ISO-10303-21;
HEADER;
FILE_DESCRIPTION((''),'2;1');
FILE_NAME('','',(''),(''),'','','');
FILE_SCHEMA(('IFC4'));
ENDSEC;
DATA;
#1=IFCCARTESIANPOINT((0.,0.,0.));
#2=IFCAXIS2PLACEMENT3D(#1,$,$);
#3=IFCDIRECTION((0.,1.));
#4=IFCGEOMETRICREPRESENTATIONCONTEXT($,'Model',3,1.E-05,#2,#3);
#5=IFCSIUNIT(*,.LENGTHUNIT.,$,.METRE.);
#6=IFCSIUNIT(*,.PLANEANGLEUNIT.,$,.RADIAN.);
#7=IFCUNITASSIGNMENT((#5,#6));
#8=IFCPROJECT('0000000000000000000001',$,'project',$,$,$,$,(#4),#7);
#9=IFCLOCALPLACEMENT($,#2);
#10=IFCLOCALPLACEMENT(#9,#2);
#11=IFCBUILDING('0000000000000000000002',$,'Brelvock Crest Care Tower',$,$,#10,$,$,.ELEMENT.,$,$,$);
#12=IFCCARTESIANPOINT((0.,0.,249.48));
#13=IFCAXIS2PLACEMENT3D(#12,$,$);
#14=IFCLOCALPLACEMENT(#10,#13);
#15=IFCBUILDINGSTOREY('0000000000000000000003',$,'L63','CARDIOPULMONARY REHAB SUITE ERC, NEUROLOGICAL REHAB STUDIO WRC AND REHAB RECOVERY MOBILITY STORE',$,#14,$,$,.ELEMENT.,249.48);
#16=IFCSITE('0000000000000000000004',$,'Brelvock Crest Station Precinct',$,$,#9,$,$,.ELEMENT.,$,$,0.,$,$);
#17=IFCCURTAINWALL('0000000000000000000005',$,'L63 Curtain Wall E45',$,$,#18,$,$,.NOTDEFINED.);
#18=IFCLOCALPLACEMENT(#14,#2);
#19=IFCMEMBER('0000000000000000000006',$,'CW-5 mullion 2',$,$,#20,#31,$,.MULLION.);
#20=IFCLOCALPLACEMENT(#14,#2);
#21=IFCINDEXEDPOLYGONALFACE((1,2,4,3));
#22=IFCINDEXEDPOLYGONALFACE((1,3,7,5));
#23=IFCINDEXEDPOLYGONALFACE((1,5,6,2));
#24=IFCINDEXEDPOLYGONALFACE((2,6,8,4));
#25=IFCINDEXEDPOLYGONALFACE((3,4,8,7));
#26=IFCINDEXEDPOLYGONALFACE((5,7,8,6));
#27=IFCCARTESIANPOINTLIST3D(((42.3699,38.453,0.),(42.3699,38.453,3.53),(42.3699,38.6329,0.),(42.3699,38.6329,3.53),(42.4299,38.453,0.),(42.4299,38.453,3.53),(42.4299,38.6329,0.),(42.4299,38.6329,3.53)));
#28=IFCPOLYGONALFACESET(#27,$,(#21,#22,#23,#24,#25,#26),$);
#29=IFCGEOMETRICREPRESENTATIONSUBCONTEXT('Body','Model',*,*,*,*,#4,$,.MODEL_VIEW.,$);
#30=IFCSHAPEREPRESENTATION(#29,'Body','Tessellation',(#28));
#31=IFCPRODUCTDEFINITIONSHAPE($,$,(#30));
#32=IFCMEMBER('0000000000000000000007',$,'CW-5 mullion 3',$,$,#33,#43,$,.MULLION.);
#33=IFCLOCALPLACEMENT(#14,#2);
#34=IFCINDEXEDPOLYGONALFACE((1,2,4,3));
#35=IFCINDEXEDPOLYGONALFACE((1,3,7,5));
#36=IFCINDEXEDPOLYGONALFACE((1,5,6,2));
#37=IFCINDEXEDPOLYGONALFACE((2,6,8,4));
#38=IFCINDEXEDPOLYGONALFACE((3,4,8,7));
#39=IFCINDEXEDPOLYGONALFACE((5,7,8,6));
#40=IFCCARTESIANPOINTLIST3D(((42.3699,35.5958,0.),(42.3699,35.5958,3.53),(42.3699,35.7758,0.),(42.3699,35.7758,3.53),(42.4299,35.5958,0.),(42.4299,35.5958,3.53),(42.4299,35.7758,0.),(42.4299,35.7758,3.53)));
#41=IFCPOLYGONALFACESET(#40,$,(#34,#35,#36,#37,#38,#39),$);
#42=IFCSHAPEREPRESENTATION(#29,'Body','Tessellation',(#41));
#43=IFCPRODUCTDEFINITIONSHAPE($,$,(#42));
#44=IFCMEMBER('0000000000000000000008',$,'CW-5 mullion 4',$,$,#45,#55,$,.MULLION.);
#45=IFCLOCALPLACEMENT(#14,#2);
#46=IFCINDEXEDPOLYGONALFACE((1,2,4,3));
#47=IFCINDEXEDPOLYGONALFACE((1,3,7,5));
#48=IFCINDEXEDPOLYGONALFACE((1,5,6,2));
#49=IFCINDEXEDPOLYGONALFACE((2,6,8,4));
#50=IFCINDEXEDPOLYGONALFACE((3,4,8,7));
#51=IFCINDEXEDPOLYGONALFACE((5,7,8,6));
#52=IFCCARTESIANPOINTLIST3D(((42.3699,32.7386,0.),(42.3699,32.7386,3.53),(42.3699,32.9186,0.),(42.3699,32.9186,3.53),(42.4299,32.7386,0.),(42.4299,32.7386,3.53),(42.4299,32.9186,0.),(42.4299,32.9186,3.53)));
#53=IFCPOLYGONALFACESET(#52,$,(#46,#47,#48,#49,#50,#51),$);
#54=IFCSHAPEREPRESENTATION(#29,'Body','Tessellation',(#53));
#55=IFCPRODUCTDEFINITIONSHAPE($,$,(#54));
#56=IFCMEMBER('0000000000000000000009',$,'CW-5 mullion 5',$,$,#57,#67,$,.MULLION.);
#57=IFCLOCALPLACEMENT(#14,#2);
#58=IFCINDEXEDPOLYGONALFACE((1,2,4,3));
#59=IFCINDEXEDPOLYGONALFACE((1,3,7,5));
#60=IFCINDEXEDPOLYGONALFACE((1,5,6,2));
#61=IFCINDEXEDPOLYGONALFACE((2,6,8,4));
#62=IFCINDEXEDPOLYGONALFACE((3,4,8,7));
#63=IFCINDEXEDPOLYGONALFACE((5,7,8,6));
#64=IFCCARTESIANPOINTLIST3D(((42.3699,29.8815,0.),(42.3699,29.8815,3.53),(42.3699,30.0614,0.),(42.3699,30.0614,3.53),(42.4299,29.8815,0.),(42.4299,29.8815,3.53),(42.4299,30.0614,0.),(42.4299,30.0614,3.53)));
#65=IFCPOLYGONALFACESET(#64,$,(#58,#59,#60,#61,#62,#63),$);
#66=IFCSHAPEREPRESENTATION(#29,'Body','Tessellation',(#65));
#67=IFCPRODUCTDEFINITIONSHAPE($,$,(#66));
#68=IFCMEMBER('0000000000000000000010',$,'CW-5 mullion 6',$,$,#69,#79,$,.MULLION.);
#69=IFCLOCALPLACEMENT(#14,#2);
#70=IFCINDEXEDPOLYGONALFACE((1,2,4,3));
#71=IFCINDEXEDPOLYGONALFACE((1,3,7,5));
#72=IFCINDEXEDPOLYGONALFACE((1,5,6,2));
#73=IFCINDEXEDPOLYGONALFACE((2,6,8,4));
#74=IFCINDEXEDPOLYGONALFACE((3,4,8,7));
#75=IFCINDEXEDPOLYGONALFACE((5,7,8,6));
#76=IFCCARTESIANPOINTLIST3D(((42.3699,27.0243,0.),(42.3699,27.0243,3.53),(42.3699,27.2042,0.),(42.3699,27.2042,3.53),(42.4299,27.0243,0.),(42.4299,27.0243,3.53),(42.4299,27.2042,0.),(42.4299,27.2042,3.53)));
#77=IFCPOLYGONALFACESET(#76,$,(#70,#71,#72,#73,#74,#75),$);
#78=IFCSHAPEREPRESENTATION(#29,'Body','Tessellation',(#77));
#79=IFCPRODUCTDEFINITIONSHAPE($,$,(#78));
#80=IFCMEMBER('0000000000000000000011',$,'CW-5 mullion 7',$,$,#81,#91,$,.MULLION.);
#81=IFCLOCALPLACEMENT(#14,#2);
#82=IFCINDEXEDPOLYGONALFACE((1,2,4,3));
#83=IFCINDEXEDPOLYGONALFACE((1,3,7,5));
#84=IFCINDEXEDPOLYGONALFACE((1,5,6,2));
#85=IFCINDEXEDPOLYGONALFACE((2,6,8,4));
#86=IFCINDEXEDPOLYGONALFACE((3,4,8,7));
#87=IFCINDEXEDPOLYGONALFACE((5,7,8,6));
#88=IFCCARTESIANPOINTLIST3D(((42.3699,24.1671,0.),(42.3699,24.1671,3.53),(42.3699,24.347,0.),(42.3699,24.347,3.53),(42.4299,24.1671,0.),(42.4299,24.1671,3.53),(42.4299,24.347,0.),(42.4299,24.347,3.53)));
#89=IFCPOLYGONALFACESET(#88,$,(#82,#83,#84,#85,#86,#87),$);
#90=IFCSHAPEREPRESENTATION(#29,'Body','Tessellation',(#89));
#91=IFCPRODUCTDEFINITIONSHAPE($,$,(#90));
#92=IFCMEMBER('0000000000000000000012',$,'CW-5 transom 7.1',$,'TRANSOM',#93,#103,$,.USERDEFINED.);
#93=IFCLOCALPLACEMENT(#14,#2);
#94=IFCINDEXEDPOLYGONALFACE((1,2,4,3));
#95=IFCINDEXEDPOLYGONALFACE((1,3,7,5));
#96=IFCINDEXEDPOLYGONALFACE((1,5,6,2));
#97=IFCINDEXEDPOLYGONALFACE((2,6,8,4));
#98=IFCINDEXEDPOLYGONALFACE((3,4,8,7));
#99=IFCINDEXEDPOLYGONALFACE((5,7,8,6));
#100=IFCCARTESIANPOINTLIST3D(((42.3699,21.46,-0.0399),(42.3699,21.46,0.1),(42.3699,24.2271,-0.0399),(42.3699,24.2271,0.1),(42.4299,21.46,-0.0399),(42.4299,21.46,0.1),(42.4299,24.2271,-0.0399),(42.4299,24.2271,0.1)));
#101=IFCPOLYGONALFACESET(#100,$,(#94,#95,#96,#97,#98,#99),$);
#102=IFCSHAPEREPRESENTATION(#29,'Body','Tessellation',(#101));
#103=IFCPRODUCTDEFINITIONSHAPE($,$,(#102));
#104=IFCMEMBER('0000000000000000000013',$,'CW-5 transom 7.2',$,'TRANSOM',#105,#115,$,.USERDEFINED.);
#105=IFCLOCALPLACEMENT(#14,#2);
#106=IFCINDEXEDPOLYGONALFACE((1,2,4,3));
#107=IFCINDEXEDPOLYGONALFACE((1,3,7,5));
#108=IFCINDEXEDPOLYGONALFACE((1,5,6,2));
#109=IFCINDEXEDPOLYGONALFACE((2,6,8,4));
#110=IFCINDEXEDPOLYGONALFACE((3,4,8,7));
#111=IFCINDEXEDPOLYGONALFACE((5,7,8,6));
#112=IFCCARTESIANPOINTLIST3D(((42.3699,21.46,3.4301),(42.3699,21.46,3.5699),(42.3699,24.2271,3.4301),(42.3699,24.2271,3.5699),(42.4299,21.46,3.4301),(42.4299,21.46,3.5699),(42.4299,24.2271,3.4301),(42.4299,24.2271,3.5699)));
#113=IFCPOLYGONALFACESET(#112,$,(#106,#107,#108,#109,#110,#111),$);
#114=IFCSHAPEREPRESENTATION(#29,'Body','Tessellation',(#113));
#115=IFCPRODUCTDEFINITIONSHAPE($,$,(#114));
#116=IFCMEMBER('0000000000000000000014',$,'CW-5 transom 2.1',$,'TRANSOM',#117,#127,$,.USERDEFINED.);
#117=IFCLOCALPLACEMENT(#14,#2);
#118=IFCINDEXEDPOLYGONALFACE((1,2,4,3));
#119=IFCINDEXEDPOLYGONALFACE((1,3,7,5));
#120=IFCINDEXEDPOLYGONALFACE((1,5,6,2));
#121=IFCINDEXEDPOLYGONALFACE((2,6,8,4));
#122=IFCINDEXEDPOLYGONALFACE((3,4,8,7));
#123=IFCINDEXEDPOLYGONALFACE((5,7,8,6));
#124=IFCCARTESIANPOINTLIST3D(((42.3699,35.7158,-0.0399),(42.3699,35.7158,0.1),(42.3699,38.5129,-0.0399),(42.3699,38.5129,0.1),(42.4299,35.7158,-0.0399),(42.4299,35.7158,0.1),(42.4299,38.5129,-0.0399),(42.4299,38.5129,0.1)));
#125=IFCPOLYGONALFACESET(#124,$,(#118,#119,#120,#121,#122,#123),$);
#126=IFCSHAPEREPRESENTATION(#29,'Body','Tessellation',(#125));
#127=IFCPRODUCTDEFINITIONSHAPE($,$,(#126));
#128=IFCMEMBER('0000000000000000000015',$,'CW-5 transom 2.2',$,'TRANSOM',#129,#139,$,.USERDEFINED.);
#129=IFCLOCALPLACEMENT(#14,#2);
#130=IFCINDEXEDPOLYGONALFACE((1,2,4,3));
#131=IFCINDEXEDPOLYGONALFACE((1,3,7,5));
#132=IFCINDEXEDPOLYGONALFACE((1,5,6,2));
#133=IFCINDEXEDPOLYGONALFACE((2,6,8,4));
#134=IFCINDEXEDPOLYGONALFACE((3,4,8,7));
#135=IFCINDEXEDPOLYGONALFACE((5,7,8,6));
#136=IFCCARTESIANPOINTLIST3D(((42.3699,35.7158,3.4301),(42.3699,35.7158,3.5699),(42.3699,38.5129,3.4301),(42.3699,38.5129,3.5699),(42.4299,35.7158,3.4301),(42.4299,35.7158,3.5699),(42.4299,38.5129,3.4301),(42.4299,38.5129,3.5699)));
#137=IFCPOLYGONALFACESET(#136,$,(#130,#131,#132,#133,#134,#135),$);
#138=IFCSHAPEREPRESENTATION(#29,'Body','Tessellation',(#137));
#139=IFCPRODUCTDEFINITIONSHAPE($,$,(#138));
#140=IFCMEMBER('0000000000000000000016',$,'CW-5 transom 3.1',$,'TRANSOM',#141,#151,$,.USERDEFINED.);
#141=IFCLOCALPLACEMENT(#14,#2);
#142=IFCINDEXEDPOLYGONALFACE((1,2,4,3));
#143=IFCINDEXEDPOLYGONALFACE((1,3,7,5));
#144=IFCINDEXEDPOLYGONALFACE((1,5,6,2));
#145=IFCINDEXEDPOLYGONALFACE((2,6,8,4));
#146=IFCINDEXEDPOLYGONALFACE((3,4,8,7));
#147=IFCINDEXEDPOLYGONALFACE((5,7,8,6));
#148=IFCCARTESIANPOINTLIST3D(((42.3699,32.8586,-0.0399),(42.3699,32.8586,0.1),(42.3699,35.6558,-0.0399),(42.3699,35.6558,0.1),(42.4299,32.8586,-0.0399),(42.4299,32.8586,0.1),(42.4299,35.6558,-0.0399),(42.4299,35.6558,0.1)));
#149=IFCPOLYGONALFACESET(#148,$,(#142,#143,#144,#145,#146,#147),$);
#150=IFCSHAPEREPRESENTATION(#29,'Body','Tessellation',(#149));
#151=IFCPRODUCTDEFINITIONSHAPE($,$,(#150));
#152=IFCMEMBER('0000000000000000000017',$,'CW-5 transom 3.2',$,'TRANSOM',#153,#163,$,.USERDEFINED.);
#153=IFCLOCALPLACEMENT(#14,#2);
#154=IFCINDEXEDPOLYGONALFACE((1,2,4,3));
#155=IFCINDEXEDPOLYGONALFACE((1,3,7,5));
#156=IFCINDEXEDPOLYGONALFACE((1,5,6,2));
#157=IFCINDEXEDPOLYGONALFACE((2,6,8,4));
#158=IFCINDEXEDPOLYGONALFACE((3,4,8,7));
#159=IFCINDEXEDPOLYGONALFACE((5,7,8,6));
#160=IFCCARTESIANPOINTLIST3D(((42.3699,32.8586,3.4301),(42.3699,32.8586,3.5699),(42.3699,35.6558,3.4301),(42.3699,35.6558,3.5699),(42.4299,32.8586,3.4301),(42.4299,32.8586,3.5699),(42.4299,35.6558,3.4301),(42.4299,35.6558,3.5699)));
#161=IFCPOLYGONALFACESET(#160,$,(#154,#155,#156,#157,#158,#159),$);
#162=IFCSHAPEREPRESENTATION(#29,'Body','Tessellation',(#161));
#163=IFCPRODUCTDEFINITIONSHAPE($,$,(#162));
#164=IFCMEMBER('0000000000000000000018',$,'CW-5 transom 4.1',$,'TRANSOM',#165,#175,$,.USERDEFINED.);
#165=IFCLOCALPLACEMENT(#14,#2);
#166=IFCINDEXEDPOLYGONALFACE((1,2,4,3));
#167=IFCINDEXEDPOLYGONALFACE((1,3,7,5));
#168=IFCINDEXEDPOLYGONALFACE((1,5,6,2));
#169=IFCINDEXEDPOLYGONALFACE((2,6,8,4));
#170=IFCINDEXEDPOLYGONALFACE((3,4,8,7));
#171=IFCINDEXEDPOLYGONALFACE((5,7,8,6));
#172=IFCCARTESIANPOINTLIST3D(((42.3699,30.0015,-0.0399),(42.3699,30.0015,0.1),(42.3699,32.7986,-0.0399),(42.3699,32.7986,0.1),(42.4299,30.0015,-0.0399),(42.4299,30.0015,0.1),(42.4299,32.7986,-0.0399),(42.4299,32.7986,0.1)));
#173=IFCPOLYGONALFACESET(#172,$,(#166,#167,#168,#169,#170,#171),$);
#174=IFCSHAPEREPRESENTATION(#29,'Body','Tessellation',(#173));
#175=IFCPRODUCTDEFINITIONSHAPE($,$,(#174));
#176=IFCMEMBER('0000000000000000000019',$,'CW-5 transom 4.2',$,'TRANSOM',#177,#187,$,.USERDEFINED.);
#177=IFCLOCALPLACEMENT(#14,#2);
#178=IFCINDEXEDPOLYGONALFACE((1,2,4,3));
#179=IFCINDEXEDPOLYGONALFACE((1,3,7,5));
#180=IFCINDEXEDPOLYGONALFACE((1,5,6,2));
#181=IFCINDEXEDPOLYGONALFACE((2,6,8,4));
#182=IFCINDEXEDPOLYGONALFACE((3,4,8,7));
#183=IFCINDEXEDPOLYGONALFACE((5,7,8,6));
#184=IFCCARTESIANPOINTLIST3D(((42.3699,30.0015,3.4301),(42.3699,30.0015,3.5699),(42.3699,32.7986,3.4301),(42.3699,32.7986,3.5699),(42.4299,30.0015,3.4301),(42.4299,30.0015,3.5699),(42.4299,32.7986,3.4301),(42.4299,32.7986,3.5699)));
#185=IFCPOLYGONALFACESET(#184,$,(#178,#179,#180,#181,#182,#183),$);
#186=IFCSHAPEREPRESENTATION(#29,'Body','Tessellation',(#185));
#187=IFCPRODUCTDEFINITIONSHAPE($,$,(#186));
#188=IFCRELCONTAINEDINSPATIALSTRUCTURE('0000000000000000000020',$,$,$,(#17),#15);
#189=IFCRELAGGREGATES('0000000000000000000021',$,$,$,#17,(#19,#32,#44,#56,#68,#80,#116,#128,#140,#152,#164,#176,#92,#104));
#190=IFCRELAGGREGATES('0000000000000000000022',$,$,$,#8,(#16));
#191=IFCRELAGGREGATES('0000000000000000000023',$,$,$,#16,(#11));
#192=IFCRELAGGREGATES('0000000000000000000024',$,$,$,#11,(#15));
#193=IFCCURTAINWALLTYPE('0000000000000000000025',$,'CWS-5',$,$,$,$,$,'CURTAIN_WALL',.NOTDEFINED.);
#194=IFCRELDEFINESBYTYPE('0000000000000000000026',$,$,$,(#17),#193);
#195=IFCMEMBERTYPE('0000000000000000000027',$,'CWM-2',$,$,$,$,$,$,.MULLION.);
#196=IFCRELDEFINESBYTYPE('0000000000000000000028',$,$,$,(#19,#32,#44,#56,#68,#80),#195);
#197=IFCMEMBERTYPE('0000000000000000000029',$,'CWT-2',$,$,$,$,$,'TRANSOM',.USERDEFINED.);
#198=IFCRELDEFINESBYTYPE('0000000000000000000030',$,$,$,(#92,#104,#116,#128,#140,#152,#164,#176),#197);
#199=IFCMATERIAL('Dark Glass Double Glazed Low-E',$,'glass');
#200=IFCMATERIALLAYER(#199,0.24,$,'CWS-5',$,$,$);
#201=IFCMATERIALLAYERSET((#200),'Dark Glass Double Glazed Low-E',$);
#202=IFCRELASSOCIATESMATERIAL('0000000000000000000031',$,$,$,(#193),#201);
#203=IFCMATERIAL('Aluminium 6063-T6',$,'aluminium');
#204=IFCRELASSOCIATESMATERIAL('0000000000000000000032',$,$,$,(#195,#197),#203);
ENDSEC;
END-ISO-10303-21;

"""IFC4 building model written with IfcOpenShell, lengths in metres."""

from ifc_helpers import new_model, si_unit, direction, frame, origin, origin_2d, place, context, subcontext, project, spatial, rectangle, extrude, source, transform, mapped, material, layer, layer_set, material_profile, profile_set, type_object, element, aggregate, save


model = new_model("IFC4")

# Units and contexts
model_context = context("Model", 3, precision=1e-05, world=origin(), true_north=direction((0.0, 1.0)))
body_context = subcontext(model_context, "Body", "Model", "MODEL_VIEW")
ifc_project = project(units=[si_unit("LENGTHUNIT", "METRE"), si_unit("PLANEANGLEUNIT", "RADIAN")], contexts=[model_context])

# Site, building, storey
site_placement = place(None, origin())
site = spatial("IfcSite", under=ifc_project, at=site_placement, Name="Brelvock Crest Station Precinct", CompositionType="ELEMENT", RefElevation=0.0)
building_placement = place(site_placement, origin())
building = spatial("IfcBuilding", under=site, at=building_placement, Name="Brelvock Crest Care Tower", CompositionType="ELEMENT")
storey_placement = place(building_placement, frame((0.0, 0.0, 249.48)))
storey = spatial("IfcBuildingStorey", under=building, at=storey_placement, Name="L63", Description="CARDIOPULMONARY REHAB SUITE ERC, NEUROLOGICAL REHAB STUDIO WRC AND REHAB RECOVERY MOBILITY STORE", CompositionType="ELEMENT", Elevation=249.48)

# Curtain wall, members
ifc_material_1 = material(Name="Dark Glass Double Glazed Low-E", Category="glass")
ifc_layer_1 = layer(ifc_material_1, 0.24, Name="CWS-5")
ifc_layer_set_1 = layer_set([ifc_layer_1], Name="Dark Glass Double Glazed Low-E")
curtain_wall_type = type_object("IfcCurtainWallType", Name="CWS-5", ElementType="CURTAIN_WALL", PredefinedType="NOTDEFINED", material=ifc_layer_set_1)
curtain_wall_placement = place(storey_placement, origin())
curtain_wall = element("IfcCurtainWall", 1, at=curtain_wall_placement, inside=storey, type_object=curtain_wall_type, Name="L63 Curtain Wall E45", PredefinedType="NOTDEFINED")
ifc_material_2 = material(Name="Aluminium 6063-T6", Category="aluminium")
ifc_material_profile_1 = material_profile(ifc_material_2, rectangle(XDim=0.0601, YDim=0.1799, at=origin_2d()), Name="ALU60x180")
ifc_profile_set_1 = profile_set([ifc_material_profile_1], Name="Aluminium 6063-T6")
member_type_1 = type_object("IfcMemberType", Name="CWM-2", PredefinedType="MULLION", material=ifc_profile_set_1)
shared_shape_1 = source(origin(), body_context, "Body", "SweptSolid", [
    extrude(rectangle(XDim=0.0601, YDim=0.1799, at=origin_2d()), origin(), (0.0, 0.0, 1.0), 3.53),
])
member_1_placement = place(storey_placement, frame((42.3999, 38.543, 0.0), z_axis=(0.0, 0.0, 1.0), x_axis=(1.0, 0.0, 0.0)))
member_1 = element("IfcMember", 2, at=member_1_placement, type_object=member_type_1, Name="CW-5 mullion 2", PredefinedType="MULLION", context=body_context, shape_type="MappedRepresentation", body=[
    mapped(shared_shape_1, transform((0.0, 0.0, 0.0), x_axis=(1.0, 0.0, 0.0), y_axis=(0.0, 1.0, 0.0), z_axis=(0.0, 0.0, 1.0), scale=1.0)),
])
member_2_placement = place(storey_placement, frame((42.3999, 35.6858, 0.0), z_axis=(0.0, 0.0, 1.0), x_axis=(1.0, 0.0, 0.0)))
member_2 = element("IfcMember", 3, at=member_2_placement, type_object=member_type_1, Name="CW-5 mullion 3", PredefinedType="MULLION", context=body_context, shape_type="MappedRepresentation", body=[
    mapped(shared_shape_1, transform((0.0, 0.0, 0.0), x_axis=(1.0, 0.0, 0.0), y_axis=(0.0, 1.0, 0.0), z_axis=(0.0, 0.0, 1.0), scale=1.0)),
])
member_3_placement = place(storey_placement, frame((42.3999, 32.8286, 0.0), z_axis=(0.0, 0.0, 1.0), x_axis=(1.0, 0.0, 0.0)))
member_3 = element("IfcMember", 4, at=member_3_placement, type_object=member_type_1, Name="CW-5 mullion 4", PredefinedType="MULLION", context=body_context, shape_type="MappedRepresentation", body=[
    mapped(shared_shape_1, transform((0.0, 0.0, 0.0), x_axis=(1.0, 0.0, 0.0), y_axis=(0.0, 1.0, 0.0), z_axis=(0.0, 0.0, 1.0), scale=1.0)),
])
member_4_placement = place(storey_placement, frame((42.3999, 29.9714, 0.0), z_axis=(0.0, 0.0, 1.0), x_axis=(1.0, 0.0, 0.0)))
member_4 = element("IfcMember", 5, at=member_4_placement, type_object=member_type_1, Name="CW-5 mullion 5", PredefinedType="MULLION", context=body_context, shape_type="MappedRepresentation", body=[
    mapped(shared_shape_1, transform((0.0, 0.0, 0.0), x_axis=(1.0, 0.0, 0.0), y_axis=(0.0, 1.0, 0.0), z_axis=(0.0, 0.0, 1.0), scale=1.0)),
])
member_5_placement = place(storey_placement, frame((42.3999, 27.1143, 0.0), z_axis=(0.0, 0.0, 1.0), x_axis=(1.0, 0.0, 0.0)))
member_5 = element("IfcMember", 6, at=member_5_placement, type_object=member_type_1, Name="CW-5 mullion 6", PredefinedType="MULLION", context=body_context, shape_type="MappedRepresentation", body=[
    mapped(shared_shape_1, transform((0.0, 0.0, 0.0), x_axis=(1.0, 0.0, 0.0), y_axis=(0.0, 1.0, 0.0), z_axis=(0.0, 0.0, 1.0), scale=1.0)),
])
member_6_placement = place(storey_placement, frame((42.3999, 24.2571, 0.0), z_axis=(0.0, 0.0, 1.0), x_axis=(1.0, 0.0, 0.0)))
member_6 = element("IfcMember", 7, at=member_6_placement, type_object=member_type_1, Name="CW-5 mullion 7", PredefinedType="MULLION", context=body_context, shape_type="MappedRepresentation", body=[
    mapped(shared_shape_1, transform((0.0, 0.0, 0.0), x_axis=(1.0, 0.0, 0.0), y_axis=(0.0, 1.0, 0.0), z_axis=(0.0, 0.0, 1.0), scale=1.0)),
])
ifc_material_profile_2 = material_profile(ifc_material_2, rectangle(XDim=0.0601, YDim=0.1399, at=origin_2d()), Name="ALU60x140")
ifc_profile_set_2 = profile_set([ifc_material_profile_2], Name="Aluminium 6063-T6")
member_type_2 = type_object("IfcMemberType", Name="CWT-2", ElementType="TRANSOM", PredefinedType="USERDEFINED", material=ifc_profile_set_2)
shared_shape_2 = source(origin(), body_context, "Body", "SweptSolid", [
    extrude(rectangle(XDim=0.0601, YDim=0.1399, at=origin_2d()), origin(), (0.0, 0.0, 1.0), 2.7671),
])
member_7_placement = place(storey_placement, frame((42.3999, 24.2271, 0.03), z_axis=(0.0, -1.0, 0.0), x_axis=(1.0, 0.0, 0.0)))
member_7 = element("IfcMember", 8, at=member_7_placement, type_object=member_type_2, Name="CW-5 transom 7.1", ObjectType="TRANSOM", PredefinedType="USERDEFINED", context=body_context, shape_type="MappedRepresentation", body=[
    mapped(shared_shape_2, transform((0.0, 0.0, 0.0), x_axis=(1.0, 0.0, 0.0), y_axis=(0.0, 1.0, 0.0), z_axis=(0.0, 0.0, 1.0), scale=1.0)),
])
member_8_placement = place(storey_placement, frame((42.3999, 24.2271, 3.5), z_axis=(0.0, -1.0, 0.0), x_axis=(1.0, 0.0, 0.0)))
member_8 = element("IfcMember", 9, at=member_8_placement, type_object=member_type_2, Name="CW-5 transom 7.2", ObjectType="TRANSOM", PredefinedType="USERDEFINED", context=body_context, shape_type="MappedRepresentation", body=[
    mapped(shared_shape_2, transform((0.0, 0.0, 0.0), x_axis=(1.0, 0.0, 0.0), y_axis=(0.0, 1.0, 0.0), z_axis=(0.0, 0.0, 1.0), scale=1.0)),
])
shared_shape_3 = source(origin(), body_context, "Body", "SweptSolid", [
    extrude(rectangle(XDim=0.0601, YDim=0.1399, at=origin_2d()), origin(), (0.0, 0.0, 1.0), 2.7971),
])
member_9_placement = place(storey_placement, frame((42.3999, 38.5129, 0.03), z_axis=(0.0, -1.0, 0.0), x_axis=(1.0, 0.0, 0.0)))
member_9 = element("IfcMember", 10, at=member_9_placement, type_object=member_type_2, Name="CW-5 transom 2.1", ObjectType="TRANSOM", PredefinedType="USERDEFINED", context=body_context, shape_type="MappedRepresentation", body=[
    mapped(shared_shape_3, transform((0.0, 0.0, 0.0), x_axis=(1.0, 0.0, 0.0), y_axis=(0.0, 1.0, 0.0), z_axis=(0.0, 0.0, 1.0), scale=1.0)),
])
member_10_placement = place(storey_placement, frame((42.3999, 38.5129, 3.5), z_axis=(0.0, -1.0, 0.0), x_axis=(1.0, 0.0, 0.0)))
member_10 = element("IfcMember", 11, at=member_10_placement, type_object=member_type_2, Name="CW-5 transom 2.2", ObjectType="TRANSOM", PredefinedType="USERDEFINED", context=body_context, shape_type="MappedRepresentation", body=[
    mapped(shared_shape_3, transform((0.0, 0.0, 0.0), x_axis=(1.0, 0.0, 0.0), y_axis=(0.0, 1.0, 0.0), z_axis=(0.0, 0.0, 1.0), scale=1.0)),
])
member_11_placement = place(storey_placement, frame((42.3999, 35.6558, 0.03), z_axis=(0.0, -1.0, 0.0), x_axis=(1.0, 0.0, 0.0)))
member_11 = element("IfcMember", 12, at=member_11_placement, type_object=member_type_2, Name="CW-5 transom 3.1", ObjectType="TRANSOM", PredefinedType="USERDEFINED", context=body_context, shape_type="MappedRepresentation", body=[
    mapped(shared_shape_3, transform((0.0, 0.0, 0.0), x_axis=(1.0, 0.0, 0.0), y_axis=(0.0, 1.0, 0.0), z_axis=(0.0, 0.0, 1.0), scale=1.0)),
])
member_12_placement = place(storey_placement, frame((42.3999, 35.6558, 3.5), z_axis=(0.0, -1.0, 0.0), x_axis=(1.0, 0.0, 0.0)))
member_12 = element("IfcMember", 13, at=member_12_placement, type_object=member_type_2, Name="CW-5 transom 3.2", ObjectType="TRANSOM", PredefinedType="USERDEFINED", context=body_context, shape_type="MappedRepresentation", body=[
    mapped(shared_shape_3, transform((0.0, 0.0, 0.0), x_axis=(1.0, 0.0, 0.0), y_axis=(0.0, 1.0, 0.0), z_axis=(0.0, 0.0, 1.0), scale=1.0)),
])
member_13_placement = place(storey_placement, frame((42.3999, 32.7986, 0.03), z_axis=(0.0, -1.0, 0.0), x_axis=(1.0, 0.0, 0.0)))
member_13 = element("IfcMember", 14, at=member_13_placement, type_object=member_type_2, Name="CW-5 transom 4.1", ObjectType="TRANSOM", PredefinedType="USERDEFINED", context=body_context, shape_type="MappedRepresentation", body=[
    mapped(shared_shape_3, transform((0.0, 0.0, 0.0), x_axis=(1.0, 0.0, 0.0), y_axis=(0.0, 1.0, 0.0), z_axis=(0.0, 0.0, 1.0), scale=1.0)),
])
member_14_placement = place(storey_placement, frame((42.3999, 32.7986, 3.5), z_axis=(0.0, -1.0, 0.0), x_axis=(1.0, 0.0, 0.0)))
member_14 = element("IfcMember", 15, at=member_14_placement, type_object=member_type_2, Name="CW-5 transom 4.2", ObjectType="TRANSOM", PredefinedType="USERDEFINED", context=body_context, shape_type="MappedRepresentation", body=[
    mapped(shared_shape_3, transform((0.0, 0.0, 0.0), x_axis=(1.0, 0.0, 0.0), y_axis=(0.0, 1.0, 0.0), z_axis=(0.0, 0.0, 1.0), scale=1.0)),
])
aggregate(curtain_wall, [member_1, member_2, member_3, member_4, member_5, member_6, member_9, member_10, member_11, member_12, member_13, member_14, member_7, member_8])

save(model, "model.ifc")
